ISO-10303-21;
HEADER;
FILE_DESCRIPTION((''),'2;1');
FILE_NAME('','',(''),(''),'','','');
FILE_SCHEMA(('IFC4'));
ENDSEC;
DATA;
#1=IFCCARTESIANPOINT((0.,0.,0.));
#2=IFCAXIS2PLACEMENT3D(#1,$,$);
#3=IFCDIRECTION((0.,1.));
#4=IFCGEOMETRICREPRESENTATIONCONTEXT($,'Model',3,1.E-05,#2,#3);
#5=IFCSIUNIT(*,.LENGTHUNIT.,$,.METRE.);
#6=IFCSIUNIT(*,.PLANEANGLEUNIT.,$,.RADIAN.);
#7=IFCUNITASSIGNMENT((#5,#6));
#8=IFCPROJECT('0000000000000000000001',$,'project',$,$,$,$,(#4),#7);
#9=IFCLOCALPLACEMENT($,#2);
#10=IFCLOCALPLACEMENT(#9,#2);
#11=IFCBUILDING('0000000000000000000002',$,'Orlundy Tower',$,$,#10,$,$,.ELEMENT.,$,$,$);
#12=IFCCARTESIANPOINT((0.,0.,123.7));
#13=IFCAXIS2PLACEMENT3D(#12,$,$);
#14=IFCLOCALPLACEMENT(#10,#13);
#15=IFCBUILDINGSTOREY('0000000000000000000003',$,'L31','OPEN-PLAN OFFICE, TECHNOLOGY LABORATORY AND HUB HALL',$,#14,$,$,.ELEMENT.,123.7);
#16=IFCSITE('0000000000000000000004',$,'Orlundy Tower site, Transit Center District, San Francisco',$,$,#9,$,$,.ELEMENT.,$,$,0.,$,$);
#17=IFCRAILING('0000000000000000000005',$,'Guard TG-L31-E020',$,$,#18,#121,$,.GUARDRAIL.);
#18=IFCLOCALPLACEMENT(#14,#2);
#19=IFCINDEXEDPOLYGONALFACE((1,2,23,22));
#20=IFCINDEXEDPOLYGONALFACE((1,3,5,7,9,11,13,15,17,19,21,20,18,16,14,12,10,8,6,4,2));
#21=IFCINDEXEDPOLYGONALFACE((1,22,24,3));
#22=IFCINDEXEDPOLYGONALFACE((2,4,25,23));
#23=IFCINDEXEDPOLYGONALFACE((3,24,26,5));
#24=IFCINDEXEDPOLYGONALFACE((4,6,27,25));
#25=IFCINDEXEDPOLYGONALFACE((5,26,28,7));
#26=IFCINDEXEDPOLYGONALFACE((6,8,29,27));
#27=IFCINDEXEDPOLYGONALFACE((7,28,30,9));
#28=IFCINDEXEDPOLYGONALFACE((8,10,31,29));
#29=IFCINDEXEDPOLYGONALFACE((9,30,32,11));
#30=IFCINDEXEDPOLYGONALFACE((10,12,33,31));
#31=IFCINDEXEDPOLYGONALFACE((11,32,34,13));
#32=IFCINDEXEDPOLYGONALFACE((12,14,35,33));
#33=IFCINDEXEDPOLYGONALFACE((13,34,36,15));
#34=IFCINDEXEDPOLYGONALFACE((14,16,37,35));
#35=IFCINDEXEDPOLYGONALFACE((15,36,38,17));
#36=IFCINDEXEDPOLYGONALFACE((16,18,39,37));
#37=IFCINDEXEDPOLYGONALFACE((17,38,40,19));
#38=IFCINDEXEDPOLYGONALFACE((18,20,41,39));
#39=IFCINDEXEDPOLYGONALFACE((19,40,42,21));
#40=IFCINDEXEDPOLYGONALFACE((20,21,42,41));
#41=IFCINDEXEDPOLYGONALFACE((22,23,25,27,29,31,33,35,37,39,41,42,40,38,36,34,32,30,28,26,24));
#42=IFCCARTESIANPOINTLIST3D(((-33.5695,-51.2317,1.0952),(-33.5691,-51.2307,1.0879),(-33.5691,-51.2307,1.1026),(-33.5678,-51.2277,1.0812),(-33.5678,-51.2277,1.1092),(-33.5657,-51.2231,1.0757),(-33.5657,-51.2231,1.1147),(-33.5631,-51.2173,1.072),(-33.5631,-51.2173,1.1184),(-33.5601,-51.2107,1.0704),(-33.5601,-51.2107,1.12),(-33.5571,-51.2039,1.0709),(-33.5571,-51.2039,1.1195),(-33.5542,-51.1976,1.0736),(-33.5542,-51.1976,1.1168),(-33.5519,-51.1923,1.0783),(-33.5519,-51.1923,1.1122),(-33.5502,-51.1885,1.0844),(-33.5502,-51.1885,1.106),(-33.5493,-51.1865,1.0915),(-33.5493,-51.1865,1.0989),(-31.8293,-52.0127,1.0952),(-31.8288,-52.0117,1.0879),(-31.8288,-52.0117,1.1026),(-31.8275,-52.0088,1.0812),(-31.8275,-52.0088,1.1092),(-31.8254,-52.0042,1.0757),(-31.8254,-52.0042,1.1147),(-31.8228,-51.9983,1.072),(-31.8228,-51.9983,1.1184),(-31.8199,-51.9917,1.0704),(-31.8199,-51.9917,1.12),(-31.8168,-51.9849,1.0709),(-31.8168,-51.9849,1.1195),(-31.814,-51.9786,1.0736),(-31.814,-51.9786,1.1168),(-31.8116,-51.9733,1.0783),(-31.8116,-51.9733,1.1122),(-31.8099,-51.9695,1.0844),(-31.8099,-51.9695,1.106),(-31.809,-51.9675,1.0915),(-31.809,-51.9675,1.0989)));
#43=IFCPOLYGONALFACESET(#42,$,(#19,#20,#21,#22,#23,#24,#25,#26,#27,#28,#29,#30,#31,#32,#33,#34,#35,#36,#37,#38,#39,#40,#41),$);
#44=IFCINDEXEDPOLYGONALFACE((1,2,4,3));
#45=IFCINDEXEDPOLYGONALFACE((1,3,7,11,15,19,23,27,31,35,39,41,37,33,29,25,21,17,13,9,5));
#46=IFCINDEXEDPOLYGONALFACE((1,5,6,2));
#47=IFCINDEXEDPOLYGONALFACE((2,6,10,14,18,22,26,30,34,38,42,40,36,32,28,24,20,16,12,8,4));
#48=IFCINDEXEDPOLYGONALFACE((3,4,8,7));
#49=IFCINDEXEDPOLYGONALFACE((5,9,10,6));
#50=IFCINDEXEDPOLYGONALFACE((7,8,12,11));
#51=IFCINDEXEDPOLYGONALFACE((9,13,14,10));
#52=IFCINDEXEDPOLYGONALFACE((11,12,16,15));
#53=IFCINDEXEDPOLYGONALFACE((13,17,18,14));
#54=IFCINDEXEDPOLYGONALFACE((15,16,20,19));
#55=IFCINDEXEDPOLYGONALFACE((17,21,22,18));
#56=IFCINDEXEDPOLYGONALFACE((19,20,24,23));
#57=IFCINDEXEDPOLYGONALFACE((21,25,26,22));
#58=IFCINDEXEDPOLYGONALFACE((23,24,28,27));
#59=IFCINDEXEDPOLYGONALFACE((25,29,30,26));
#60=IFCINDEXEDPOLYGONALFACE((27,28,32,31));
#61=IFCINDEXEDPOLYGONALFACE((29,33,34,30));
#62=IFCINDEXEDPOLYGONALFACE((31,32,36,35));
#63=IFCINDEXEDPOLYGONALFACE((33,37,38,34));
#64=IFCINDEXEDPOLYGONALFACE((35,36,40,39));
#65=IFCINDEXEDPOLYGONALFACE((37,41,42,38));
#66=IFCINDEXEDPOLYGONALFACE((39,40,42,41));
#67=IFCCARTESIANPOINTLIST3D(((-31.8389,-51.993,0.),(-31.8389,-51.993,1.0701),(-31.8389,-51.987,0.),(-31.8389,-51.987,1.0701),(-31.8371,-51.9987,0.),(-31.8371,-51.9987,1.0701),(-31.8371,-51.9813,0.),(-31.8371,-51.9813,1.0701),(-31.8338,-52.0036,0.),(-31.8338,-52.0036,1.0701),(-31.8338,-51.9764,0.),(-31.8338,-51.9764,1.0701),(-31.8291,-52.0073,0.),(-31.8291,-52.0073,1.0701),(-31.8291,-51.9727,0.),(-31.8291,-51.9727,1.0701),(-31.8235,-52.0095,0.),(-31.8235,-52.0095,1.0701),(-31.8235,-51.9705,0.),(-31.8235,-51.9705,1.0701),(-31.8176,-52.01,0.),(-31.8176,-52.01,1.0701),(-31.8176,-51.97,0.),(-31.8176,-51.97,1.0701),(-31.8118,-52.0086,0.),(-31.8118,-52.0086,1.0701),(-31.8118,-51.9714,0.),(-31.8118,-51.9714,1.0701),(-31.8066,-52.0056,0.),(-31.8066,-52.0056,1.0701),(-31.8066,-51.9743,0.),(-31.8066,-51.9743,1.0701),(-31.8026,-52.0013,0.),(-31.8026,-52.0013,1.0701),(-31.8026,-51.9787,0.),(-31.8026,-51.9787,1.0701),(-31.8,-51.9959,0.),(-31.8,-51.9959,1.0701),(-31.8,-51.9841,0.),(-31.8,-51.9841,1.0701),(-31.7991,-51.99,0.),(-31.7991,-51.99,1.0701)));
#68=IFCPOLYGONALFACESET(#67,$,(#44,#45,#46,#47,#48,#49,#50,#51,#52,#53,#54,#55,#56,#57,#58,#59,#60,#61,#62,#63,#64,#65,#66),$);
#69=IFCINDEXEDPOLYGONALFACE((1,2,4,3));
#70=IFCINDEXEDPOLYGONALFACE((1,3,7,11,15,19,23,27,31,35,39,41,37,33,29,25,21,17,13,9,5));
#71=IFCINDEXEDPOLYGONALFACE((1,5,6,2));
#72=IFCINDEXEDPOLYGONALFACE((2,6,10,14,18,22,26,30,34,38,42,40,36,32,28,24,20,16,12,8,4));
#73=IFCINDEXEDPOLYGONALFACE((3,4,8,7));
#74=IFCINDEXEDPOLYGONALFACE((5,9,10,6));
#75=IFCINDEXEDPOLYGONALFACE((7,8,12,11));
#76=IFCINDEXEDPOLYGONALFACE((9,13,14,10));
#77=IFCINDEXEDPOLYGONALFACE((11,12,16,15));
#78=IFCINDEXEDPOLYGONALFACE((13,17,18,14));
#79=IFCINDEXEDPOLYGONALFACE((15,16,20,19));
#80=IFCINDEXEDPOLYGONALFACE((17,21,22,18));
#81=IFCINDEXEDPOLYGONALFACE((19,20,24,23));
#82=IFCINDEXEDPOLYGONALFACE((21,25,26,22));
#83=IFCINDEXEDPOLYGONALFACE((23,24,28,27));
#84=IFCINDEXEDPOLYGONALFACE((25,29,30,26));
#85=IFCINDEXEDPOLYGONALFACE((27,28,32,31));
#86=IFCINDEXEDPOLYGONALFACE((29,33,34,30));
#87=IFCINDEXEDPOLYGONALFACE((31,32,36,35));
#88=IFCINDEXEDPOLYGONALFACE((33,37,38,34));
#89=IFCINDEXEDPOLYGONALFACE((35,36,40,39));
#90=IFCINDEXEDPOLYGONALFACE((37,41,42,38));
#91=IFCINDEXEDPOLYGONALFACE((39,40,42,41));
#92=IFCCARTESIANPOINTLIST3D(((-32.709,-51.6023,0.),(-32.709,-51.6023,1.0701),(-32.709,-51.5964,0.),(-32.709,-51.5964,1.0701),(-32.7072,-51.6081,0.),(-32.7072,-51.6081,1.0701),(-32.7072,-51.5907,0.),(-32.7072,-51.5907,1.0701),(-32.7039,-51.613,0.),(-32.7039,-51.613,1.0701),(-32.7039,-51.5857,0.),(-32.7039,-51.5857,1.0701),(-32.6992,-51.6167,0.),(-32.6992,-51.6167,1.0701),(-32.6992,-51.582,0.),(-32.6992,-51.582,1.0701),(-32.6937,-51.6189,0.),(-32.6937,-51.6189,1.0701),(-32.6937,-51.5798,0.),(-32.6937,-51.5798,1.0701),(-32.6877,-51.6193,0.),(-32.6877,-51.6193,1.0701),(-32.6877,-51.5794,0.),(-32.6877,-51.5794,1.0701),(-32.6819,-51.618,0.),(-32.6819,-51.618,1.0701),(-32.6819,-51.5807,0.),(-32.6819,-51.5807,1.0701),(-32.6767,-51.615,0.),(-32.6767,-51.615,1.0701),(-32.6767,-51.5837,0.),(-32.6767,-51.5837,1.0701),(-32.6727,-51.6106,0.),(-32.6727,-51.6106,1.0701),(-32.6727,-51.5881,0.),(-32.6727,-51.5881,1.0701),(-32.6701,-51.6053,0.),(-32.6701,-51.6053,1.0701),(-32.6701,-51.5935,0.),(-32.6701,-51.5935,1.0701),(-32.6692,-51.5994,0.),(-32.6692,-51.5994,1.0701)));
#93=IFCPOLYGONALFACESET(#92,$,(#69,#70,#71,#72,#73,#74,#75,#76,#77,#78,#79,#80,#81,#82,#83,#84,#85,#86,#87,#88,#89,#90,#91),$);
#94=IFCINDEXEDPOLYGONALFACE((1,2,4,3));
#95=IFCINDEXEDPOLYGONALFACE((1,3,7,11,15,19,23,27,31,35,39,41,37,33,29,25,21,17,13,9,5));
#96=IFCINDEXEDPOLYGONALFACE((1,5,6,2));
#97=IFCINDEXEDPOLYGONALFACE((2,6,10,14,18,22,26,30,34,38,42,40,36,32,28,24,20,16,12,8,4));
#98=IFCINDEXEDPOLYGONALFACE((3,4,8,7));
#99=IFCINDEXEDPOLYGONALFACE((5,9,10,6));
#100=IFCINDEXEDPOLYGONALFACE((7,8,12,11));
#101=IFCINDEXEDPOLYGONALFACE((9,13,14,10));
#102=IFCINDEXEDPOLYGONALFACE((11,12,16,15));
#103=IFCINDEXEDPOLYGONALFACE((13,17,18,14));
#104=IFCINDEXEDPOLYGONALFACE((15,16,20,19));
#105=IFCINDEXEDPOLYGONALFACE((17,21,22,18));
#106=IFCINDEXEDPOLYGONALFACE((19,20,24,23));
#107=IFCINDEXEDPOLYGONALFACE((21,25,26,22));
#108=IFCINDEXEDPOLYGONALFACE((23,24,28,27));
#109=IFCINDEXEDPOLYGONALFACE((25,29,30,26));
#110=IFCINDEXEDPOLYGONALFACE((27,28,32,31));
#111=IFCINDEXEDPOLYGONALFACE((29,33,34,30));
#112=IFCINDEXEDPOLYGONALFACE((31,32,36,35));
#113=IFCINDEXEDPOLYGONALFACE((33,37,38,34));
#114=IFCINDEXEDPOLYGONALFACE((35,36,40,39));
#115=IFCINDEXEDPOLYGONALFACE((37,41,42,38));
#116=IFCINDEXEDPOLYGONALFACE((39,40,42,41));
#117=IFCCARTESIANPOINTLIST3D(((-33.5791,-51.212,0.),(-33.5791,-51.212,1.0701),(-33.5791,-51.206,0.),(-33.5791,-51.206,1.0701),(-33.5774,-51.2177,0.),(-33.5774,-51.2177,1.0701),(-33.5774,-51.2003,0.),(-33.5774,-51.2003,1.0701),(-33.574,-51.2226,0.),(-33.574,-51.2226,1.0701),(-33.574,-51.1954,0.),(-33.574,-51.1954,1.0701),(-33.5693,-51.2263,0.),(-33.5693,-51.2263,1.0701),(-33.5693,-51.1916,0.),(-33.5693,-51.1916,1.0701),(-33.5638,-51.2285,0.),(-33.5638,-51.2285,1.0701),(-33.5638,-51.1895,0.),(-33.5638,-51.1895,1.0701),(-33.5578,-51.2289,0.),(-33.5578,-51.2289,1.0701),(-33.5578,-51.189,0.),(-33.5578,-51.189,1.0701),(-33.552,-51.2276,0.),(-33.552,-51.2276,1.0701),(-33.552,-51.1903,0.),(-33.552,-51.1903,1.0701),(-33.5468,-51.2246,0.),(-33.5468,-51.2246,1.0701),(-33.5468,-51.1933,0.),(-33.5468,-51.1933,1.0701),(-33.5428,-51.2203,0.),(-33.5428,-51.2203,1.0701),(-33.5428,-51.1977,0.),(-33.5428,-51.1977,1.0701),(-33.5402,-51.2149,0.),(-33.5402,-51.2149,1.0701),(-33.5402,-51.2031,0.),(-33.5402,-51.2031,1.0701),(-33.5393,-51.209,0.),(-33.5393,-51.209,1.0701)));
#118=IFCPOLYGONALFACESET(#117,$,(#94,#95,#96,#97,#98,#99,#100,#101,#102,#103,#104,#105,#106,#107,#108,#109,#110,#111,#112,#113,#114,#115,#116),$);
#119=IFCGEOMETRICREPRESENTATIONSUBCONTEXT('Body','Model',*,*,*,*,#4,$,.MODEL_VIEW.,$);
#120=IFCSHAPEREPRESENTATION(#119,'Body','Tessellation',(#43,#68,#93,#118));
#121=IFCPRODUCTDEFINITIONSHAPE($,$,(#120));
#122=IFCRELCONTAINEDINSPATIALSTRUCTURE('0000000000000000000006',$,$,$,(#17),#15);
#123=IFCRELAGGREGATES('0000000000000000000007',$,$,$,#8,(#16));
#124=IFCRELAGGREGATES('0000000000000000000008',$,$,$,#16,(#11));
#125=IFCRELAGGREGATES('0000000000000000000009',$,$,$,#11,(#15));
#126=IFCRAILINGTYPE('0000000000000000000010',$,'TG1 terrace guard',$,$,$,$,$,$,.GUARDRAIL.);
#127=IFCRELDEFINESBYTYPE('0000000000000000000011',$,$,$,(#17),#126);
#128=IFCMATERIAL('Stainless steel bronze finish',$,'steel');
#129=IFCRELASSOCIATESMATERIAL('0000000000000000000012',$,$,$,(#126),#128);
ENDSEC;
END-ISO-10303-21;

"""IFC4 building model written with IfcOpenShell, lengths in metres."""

from ifc_helpers import new_model, si_unit, direction, frame, origin, origin_2d, place, context, subcontext, project, spatial, circle, extrude, material, type_object, element, save


model = new_model("IFC4")

# Units and contexts
model_context = context("Model", 3, precision=1e-05, world=origin(), true_north=direction((0.0, 1.0)))
body_context = subcontext(model_context, "Body", "Model", "MODEL_VIEW")
ifc_project = project(units=[si_unit("LENGTHUNIT", "METRE"), si_unit("PLANEANGLEUNIT", "RADIAN")], contexts=[model_context])

# Site, building, storey
site_placement = place(None, origin())
site = spatial("IfcSite", under=ifc_project, at=site_placement, Name="Orlundy Tower site, Transit Center District, San Francisco", CompositionType="ELEMENT", RefElevation=0.0)
building_placement = place(site_placement, origin())
building = spatial("IfcBuilding", under=site, at=building_placement, Name="Orlundy Tower", CompositionType="ELEMENT")
storey_placement = place(building_placement, frame((0.0, 0.0, 123.7)))
storey = spatial("IfcBuildingStorey", under=building, at=storey_placement, Name="L31", Description="OPEN-PLAN OFFICE, TECHNOLOGY LABORATORY AND HUB HALL", CompositionType="ELEMENT", Elevation=123.7)

# Railing
ifc_material_1 = material(Name="Stainless steel bronze finish", Category="steel")
railing_type = type_object("IfcRailingType", Name="TG1 terrace guard", PredefinedType="GUARDRAIL", material=ifc_material_1)
railing_1_placement = place(storey_placement, frame((-31.8191, -51.99, 0.0)))
element("IfcRailing", 1, at=railing_1_placement, inside=storey, type_object=railing_type, Name="Guard TG-L31-E020", PredefinedType="GUARDRAIL", context=body_context, shape_type="SweptSolid", body=[
    extrude(circle(Radius=0.0249, at=origin_2d()), frame((0.0, 0.0, 1.0952), z_axis=(-0.912333, 0.409449, 0.0), x_axis=(-0.409449, -0.912333, 0.0)), (0.0, 0.0, 1.0), 1.9075),
    extrude(circle(Radius=0.02, at=origin_2d()), origin(), (0.0, 0.0, 1.0), 1.0701),
    extrude(circle(Radius=0.02, at=origin_2d()), frame((-0.8701, 0.3906, 0.0)), (0.0, 0.0, 1.0), 1.0701),
    extrude(circle(Radius=0.02, at=origin_2d()), frame((-1.7402, 0.781, 0.0)), (0.0, 0.0, 1.0), 1.0701),
])

save(model, "model.ifc")
